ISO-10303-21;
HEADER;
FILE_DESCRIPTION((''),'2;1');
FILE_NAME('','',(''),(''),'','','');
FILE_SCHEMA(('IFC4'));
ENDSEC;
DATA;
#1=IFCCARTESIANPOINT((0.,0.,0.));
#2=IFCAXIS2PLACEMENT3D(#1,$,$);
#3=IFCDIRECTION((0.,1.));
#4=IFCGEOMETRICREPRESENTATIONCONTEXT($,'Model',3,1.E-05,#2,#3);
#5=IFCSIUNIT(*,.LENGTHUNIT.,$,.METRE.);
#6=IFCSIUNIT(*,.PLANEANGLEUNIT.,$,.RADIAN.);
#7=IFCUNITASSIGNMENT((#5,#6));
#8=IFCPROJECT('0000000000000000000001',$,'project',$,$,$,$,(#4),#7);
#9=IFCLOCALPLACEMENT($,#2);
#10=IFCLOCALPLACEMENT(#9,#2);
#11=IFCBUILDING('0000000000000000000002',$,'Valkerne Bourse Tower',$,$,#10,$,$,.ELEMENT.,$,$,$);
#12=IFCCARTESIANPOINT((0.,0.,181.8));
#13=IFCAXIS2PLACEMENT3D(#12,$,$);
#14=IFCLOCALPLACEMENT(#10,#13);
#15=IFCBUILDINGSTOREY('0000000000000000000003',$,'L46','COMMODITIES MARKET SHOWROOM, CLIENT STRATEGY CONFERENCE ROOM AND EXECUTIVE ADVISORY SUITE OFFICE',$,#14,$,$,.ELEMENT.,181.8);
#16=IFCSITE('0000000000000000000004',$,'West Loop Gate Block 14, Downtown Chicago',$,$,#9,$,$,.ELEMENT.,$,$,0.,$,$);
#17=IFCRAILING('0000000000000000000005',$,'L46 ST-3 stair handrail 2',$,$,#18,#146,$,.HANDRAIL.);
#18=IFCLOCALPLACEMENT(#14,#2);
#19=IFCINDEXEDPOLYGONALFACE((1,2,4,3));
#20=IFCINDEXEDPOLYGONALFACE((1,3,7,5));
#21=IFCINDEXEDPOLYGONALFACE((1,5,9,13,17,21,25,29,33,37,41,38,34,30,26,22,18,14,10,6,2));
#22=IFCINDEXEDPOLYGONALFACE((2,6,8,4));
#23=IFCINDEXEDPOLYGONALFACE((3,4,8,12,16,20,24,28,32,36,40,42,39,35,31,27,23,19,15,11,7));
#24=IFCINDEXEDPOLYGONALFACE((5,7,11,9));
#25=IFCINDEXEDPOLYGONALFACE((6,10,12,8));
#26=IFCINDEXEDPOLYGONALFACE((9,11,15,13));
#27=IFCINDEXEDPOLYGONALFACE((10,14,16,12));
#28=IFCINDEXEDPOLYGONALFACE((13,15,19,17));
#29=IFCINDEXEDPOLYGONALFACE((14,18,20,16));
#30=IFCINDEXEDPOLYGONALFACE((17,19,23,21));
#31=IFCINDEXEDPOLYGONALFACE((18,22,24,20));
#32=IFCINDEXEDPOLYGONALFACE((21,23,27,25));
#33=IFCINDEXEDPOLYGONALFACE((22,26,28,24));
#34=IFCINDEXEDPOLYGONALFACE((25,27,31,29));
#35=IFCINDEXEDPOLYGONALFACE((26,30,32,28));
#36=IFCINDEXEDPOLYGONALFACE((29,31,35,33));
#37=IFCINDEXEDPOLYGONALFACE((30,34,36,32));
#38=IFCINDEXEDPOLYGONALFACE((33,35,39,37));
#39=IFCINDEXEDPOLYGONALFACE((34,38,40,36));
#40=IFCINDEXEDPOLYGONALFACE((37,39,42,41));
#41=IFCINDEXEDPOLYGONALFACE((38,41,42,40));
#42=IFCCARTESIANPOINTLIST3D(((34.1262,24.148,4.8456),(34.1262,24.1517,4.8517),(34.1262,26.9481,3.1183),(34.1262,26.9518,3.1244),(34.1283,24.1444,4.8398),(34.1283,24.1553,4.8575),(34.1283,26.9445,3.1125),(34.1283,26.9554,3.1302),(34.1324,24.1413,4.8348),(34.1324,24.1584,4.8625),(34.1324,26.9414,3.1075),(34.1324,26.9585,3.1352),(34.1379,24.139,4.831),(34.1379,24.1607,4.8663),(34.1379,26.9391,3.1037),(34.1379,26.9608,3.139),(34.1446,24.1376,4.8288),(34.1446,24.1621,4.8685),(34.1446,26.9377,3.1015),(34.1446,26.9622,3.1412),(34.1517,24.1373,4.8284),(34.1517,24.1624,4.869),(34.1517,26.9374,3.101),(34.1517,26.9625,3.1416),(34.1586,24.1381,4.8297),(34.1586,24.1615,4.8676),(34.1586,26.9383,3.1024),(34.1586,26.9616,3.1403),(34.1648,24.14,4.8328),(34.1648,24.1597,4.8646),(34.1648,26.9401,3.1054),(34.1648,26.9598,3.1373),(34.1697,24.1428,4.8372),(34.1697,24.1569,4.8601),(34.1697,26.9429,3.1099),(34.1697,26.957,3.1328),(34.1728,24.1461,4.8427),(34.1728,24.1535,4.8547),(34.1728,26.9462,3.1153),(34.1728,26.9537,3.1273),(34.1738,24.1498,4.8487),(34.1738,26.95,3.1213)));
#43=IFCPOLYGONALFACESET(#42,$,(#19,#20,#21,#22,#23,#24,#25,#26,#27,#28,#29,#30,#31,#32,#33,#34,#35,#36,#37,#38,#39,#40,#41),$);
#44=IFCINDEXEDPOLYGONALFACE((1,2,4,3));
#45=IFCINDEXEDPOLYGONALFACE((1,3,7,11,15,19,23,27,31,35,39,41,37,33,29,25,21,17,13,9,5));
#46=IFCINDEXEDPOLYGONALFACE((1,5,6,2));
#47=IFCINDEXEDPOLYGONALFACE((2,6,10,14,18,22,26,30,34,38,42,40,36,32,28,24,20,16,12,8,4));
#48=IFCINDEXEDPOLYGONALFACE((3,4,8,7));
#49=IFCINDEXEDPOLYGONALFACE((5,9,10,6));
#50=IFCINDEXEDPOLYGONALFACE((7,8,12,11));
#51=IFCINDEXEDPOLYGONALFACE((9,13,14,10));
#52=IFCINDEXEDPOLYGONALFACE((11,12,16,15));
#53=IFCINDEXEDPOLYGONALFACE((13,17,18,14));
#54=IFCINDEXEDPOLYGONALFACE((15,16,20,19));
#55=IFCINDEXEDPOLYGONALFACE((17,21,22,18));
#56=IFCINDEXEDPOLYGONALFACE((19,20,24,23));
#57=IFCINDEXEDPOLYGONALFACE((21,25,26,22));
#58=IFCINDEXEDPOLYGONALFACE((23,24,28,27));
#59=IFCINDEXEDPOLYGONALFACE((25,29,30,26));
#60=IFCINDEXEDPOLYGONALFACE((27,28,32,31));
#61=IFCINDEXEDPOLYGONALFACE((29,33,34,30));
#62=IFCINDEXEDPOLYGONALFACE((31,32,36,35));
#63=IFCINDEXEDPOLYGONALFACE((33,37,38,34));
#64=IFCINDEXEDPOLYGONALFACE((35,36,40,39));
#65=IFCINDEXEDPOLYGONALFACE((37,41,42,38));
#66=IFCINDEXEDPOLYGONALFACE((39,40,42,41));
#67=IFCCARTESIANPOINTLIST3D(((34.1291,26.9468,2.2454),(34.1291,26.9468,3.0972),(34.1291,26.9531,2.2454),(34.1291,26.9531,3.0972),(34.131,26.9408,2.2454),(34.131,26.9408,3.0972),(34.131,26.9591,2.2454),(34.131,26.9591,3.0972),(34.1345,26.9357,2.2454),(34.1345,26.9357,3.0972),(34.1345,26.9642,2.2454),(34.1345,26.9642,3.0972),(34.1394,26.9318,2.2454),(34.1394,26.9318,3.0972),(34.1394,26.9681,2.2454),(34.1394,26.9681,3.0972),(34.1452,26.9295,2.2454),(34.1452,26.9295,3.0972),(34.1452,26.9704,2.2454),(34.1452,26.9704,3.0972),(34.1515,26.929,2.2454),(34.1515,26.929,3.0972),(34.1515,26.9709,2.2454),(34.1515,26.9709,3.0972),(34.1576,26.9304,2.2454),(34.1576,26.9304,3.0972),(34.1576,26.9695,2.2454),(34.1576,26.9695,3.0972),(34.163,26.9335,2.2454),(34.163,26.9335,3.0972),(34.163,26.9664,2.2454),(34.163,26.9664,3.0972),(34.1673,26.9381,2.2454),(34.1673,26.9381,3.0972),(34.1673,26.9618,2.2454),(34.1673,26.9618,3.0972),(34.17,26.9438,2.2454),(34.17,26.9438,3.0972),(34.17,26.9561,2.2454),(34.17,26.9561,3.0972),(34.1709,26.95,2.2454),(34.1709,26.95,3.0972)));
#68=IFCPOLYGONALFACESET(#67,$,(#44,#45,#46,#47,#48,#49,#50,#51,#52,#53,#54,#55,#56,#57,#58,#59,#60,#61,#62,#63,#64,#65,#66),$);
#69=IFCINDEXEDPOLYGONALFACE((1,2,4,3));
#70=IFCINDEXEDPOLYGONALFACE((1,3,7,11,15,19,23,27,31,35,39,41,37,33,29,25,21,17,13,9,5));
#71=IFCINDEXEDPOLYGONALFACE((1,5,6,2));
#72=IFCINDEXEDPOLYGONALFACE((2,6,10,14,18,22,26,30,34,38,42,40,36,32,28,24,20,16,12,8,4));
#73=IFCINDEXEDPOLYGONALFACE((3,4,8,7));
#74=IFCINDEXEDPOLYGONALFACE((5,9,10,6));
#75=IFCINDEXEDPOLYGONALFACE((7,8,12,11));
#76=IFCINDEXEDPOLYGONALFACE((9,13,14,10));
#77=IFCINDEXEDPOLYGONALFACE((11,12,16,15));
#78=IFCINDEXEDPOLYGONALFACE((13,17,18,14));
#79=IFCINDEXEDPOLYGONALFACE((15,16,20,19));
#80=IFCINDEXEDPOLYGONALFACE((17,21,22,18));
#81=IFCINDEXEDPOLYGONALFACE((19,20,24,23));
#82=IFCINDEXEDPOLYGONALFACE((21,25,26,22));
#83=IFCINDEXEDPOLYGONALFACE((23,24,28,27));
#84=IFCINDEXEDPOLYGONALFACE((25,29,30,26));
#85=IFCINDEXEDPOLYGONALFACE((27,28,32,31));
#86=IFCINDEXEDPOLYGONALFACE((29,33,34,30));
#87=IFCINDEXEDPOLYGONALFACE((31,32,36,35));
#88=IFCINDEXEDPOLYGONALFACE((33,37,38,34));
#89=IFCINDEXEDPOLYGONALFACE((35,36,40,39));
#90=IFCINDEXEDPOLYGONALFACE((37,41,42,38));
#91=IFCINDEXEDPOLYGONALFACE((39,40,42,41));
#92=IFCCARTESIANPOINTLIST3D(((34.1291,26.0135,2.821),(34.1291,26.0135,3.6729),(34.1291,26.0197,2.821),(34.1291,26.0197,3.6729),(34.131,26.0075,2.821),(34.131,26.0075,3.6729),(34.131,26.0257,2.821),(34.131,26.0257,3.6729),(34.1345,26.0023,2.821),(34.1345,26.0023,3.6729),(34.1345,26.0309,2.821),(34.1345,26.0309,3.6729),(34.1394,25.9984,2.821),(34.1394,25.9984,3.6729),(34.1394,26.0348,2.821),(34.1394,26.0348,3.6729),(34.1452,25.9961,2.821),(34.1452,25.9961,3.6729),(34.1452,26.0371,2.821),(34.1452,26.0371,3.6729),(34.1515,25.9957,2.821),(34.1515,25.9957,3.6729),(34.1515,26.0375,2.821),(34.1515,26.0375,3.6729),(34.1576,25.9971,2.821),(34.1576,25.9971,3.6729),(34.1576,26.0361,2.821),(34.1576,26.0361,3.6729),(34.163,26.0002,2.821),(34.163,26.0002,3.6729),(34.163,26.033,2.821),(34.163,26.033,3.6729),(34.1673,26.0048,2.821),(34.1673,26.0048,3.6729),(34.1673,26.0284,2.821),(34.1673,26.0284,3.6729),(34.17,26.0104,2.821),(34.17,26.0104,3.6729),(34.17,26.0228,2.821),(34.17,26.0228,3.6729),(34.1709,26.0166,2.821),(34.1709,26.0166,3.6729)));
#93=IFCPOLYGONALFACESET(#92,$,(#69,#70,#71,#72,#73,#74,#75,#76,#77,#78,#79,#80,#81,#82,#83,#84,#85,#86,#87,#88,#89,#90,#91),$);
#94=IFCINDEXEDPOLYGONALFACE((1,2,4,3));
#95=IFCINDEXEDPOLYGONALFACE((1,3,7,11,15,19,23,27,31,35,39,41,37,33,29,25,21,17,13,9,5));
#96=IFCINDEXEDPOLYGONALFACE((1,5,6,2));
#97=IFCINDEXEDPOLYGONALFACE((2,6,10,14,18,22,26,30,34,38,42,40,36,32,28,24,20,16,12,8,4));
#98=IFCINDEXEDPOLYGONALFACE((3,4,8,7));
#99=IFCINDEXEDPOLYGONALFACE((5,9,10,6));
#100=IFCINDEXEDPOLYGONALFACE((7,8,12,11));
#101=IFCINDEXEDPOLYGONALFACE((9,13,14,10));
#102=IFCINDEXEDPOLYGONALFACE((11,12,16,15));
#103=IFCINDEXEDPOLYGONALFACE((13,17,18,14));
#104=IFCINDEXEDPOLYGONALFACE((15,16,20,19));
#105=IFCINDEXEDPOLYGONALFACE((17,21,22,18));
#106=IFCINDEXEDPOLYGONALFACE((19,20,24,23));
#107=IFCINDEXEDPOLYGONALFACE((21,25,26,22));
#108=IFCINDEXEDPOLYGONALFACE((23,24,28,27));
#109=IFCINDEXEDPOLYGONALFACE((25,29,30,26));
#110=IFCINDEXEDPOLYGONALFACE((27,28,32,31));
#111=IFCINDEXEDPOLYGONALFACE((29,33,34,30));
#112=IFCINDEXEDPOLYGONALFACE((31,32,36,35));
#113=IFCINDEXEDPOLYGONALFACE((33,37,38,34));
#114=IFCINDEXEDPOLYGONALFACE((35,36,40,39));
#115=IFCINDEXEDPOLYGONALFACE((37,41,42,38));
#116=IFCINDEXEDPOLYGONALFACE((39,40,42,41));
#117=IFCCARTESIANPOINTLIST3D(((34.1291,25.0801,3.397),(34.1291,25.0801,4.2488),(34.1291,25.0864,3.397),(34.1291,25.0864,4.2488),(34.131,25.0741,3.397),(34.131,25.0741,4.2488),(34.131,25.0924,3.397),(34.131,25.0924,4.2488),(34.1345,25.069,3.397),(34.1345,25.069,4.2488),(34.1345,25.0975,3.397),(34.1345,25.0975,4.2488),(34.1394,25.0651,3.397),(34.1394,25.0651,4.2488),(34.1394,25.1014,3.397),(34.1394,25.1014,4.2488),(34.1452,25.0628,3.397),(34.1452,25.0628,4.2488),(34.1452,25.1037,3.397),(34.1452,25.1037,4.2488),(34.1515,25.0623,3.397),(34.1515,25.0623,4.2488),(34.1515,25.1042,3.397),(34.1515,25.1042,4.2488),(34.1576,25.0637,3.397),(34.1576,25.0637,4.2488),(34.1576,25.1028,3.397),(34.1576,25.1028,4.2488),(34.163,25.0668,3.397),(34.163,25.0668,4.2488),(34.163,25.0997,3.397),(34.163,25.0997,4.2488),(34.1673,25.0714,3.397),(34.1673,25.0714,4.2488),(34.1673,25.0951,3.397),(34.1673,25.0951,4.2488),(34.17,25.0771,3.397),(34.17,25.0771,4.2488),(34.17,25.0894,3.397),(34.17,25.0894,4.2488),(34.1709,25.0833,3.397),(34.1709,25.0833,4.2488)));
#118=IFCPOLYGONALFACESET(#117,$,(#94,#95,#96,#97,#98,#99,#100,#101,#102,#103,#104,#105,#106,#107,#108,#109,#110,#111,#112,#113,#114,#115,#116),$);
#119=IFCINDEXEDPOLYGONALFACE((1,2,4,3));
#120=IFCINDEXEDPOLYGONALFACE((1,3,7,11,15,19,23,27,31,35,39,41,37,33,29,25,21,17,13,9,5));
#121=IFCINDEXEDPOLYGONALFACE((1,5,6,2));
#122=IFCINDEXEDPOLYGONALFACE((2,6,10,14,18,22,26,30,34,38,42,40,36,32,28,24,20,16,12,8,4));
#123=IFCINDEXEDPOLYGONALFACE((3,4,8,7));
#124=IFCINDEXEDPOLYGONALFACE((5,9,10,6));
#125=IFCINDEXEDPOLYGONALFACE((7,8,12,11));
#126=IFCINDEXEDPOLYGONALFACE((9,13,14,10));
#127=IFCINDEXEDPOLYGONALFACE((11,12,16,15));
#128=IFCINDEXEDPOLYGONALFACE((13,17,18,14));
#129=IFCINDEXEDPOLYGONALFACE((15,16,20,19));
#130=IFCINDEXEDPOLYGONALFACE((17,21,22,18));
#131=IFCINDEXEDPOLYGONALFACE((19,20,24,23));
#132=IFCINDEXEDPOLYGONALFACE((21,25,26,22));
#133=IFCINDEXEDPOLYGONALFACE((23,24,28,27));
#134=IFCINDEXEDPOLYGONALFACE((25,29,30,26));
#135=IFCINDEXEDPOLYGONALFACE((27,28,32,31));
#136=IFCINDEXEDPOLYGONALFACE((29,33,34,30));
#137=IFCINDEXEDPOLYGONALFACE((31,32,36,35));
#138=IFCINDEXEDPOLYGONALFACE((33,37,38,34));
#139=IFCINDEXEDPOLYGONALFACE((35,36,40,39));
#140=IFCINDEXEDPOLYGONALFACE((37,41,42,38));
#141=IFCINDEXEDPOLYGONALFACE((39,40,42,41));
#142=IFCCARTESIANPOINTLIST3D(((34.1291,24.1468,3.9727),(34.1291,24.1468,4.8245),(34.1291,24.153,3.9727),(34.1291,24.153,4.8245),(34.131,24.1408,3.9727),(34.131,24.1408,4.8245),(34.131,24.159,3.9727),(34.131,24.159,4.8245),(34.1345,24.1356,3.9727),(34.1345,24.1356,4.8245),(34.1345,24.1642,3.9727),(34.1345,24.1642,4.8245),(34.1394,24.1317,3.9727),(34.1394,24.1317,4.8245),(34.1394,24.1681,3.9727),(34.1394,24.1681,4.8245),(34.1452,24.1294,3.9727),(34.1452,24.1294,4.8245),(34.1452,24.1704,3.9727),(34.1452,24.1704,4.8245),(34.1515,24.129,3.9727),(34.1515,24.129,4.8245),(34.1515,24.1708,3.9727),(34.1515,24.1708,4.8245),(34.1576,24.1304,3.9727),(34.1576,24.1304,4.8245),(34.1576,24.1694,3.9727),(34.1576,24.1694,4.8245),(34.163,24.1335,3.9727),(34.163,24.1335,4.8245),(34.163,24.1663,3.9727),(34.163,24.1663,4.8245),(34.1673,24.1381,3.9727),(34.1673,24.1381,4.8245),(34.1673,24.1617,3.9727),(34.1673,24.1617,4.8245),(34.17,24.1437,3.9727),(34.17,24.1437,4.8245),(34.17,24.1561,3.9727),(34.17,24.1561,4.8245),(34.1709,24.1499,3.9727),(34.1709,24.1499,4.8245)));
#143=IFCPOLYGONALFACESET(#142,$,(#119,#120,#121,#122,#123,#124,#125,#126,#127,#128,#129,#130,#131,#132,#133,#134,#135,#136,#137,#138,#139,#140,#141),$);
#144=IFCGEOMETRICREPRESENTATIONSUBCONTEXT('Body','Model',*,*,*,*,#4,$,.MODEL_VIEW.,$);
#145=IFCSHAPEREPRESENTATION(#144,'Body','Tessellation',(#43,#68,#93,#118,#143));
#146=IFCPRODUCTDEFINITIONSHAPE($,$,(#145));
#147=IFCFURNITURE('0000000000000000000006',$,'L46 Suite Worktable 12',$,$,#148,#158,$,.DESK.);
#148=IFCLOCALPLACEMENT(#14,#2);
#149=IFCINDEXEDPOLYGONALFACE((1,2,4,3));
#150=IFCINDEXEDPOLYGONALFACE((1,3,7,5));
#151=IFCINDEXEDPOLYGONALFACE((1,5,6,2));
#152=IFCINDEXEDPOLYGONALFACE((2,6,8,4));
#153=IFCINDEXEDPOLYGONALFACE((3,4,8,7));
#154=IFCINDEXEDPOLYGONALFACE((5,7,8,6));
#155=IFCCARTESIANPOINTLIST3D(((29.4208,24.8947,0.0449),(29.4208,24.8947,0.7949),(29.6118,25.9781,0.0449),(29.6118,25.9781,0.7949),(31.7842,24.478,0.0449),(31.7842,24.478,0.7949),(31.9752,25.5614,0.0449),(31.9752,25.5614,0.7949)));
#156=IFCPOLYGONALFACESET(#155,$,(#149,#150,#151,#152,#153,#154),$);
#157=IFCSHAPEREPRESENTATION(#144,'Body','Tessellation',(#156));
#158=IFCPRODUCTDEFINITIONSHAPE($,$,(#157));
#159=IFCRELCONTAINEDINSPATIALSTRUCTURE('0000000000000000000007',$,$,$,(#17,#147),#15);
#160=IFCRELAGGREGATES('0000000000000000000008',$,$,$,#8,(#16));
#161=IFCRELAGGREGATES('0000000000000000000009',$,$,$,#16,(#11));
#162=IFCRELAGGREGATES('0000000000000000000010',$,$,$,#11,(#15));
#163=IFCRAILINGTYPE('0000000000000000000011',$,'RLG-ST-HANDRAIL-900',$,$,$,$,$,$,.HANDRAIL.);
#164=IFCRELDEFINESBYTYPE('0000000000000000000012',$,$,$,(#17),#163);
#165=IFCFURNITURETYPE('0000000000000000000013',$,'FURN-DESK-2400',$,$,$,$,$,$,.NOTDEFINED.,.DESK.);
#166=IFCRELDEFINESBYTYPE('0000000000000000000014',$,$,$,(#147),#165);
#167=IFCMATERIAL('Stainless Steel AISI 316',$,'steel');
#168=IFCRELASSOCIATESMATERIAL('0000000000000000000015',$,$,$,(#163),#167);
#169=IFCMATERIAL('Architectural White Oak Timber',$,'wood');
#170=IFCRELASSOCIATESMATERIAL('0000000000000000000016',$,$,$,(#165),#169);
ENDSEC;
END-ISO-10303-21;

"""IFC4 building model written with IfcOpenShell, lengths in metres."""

from ifc_helpers import new_model, si_unit, direction, frame, origin, origin_2d, place, context, subcontext, project, spatial, rectangle, circle, extrude, material, type_object, element, save


model = new_model("IFC4")

# Units and contexts
model_context = context("Model", 3, precision=1e-05, world=origin(), true_north=direction((0.0, 1.0)))
body_context = subcontext(model_context, "Body", "Model", "MODEL_VIEW")
ifc_project = project(units=[si_unit("LENGTHUNIT", "METRE"), si_unit("PLANEANGLEUNIT", "RADIAN")], contexts=[model_context])

# Site, building, storey
site_placement = place(None, origin())
site = spatial("IfcSite", under=ifc_project, at=site_placement, Name="West Loop Gate Block 14, Downtown Chicago", CompositionType="ELEMENT", RefElevation=0.0)
building_placement = place(site_placement, origin())
building = spatial("IfcBuilding", under=site, at=building_placement, Name="Valkerne Bourse Tower", CompositionType="ELEMENT")
storey_placement = place(building_placement, frame((0.0, 0.0, 181.8)))
storey = spatial("IfcBuildingStorey", under=building, at=storey_placement, Name="L46", Description="COMMODITIES MARKET SHOWROOM, CLIENT STRATEGY CONFERENCE ROOM AND EXECUTIVE ADVISORY SUITE OFFICE", CompositionType="ELEMENT", Elevation=181.8)

# Railing
ifc_material_1 = material(Name="Stainless Steel AISI 316", Category="steel")
railing_type_1 = type_object("IfcRailingType", Name="RLG-ST-HANDRAIL-900", PredefinedType="HANDRAIL", material=ifc_material_1)
railing_1_placement = place(storey_placement, frame((34.1499, 26.95, 2.2454)))
element("IfcRailing", 1, at=railing_1_placement, inside=storey, type_object=railing_type_1, Name="L46 ST-3 stair handrail 2", PredefinedType="HANDRAIL", context=body_context, shape_type="SweptSolid", body=[
    extrude(circle(Radius=0.0239, at=origin_2d()), frame((0.0, 0.0, 0.876), z_axis=(0.0, -0.85109, 0.52502), x_axis=(1.0, 0.0, 0.0)), (0.0, 0.0, 1.0), 3.29),
    extrude(circle(Radius=0.021, at=origin_2d()), origin(), (0.0, 0.0, 1.0), 0.8518),
    extrude(circle(Radius=0.021, at=origin_2d()), frame((0.0, -0.9333, 0.5757)), (0.0, 0.0, 1.0), 0.8518),
    extrude(circle(Radius=0.021, at=origin_2d()), frame((0.0, -1.8667, 1.1516)), (0.0, 0.0, 1.0), 0.8518),
    extrude(circle(Radius=0.021, at=origin_2d()), frame((0.0, -2.8, 1.7273)), (0.0, 0.0, 1.0), 0.8518),
])

# Furniture
ifc_material_2 = material(Name="Architectural White Oak Timber", Category="wood")
furniture_type = type_object("IfcFurnitureType", Name="FURN-DESK-2400", AssemblyPlace="NOTDEFINED", PredefinedType="DESK", material=ifc_material_2)
furniture_placement = place(storey_placement, frame((30.698, 25.228, 0.0449), z_axis=(0.0, 0.0, 1.0), x_axis=(-0.984808, 0.173648, 0.0)))
element("IfcFurniture", 2, at=furniture_placement, inside=storey, type_object=furniture_type, Name="L46 Suite Worktable 12", PredefinedType="DESK", context=body_context, shape_type="SweptSolid", body=[
    extrude(rectangle(XDim=2.3999, YDim=1.1001, at=origin_2d()), origin(), (0.0, 0.0, 1.0), 0.75),
])

save(model, "model.ifc")
